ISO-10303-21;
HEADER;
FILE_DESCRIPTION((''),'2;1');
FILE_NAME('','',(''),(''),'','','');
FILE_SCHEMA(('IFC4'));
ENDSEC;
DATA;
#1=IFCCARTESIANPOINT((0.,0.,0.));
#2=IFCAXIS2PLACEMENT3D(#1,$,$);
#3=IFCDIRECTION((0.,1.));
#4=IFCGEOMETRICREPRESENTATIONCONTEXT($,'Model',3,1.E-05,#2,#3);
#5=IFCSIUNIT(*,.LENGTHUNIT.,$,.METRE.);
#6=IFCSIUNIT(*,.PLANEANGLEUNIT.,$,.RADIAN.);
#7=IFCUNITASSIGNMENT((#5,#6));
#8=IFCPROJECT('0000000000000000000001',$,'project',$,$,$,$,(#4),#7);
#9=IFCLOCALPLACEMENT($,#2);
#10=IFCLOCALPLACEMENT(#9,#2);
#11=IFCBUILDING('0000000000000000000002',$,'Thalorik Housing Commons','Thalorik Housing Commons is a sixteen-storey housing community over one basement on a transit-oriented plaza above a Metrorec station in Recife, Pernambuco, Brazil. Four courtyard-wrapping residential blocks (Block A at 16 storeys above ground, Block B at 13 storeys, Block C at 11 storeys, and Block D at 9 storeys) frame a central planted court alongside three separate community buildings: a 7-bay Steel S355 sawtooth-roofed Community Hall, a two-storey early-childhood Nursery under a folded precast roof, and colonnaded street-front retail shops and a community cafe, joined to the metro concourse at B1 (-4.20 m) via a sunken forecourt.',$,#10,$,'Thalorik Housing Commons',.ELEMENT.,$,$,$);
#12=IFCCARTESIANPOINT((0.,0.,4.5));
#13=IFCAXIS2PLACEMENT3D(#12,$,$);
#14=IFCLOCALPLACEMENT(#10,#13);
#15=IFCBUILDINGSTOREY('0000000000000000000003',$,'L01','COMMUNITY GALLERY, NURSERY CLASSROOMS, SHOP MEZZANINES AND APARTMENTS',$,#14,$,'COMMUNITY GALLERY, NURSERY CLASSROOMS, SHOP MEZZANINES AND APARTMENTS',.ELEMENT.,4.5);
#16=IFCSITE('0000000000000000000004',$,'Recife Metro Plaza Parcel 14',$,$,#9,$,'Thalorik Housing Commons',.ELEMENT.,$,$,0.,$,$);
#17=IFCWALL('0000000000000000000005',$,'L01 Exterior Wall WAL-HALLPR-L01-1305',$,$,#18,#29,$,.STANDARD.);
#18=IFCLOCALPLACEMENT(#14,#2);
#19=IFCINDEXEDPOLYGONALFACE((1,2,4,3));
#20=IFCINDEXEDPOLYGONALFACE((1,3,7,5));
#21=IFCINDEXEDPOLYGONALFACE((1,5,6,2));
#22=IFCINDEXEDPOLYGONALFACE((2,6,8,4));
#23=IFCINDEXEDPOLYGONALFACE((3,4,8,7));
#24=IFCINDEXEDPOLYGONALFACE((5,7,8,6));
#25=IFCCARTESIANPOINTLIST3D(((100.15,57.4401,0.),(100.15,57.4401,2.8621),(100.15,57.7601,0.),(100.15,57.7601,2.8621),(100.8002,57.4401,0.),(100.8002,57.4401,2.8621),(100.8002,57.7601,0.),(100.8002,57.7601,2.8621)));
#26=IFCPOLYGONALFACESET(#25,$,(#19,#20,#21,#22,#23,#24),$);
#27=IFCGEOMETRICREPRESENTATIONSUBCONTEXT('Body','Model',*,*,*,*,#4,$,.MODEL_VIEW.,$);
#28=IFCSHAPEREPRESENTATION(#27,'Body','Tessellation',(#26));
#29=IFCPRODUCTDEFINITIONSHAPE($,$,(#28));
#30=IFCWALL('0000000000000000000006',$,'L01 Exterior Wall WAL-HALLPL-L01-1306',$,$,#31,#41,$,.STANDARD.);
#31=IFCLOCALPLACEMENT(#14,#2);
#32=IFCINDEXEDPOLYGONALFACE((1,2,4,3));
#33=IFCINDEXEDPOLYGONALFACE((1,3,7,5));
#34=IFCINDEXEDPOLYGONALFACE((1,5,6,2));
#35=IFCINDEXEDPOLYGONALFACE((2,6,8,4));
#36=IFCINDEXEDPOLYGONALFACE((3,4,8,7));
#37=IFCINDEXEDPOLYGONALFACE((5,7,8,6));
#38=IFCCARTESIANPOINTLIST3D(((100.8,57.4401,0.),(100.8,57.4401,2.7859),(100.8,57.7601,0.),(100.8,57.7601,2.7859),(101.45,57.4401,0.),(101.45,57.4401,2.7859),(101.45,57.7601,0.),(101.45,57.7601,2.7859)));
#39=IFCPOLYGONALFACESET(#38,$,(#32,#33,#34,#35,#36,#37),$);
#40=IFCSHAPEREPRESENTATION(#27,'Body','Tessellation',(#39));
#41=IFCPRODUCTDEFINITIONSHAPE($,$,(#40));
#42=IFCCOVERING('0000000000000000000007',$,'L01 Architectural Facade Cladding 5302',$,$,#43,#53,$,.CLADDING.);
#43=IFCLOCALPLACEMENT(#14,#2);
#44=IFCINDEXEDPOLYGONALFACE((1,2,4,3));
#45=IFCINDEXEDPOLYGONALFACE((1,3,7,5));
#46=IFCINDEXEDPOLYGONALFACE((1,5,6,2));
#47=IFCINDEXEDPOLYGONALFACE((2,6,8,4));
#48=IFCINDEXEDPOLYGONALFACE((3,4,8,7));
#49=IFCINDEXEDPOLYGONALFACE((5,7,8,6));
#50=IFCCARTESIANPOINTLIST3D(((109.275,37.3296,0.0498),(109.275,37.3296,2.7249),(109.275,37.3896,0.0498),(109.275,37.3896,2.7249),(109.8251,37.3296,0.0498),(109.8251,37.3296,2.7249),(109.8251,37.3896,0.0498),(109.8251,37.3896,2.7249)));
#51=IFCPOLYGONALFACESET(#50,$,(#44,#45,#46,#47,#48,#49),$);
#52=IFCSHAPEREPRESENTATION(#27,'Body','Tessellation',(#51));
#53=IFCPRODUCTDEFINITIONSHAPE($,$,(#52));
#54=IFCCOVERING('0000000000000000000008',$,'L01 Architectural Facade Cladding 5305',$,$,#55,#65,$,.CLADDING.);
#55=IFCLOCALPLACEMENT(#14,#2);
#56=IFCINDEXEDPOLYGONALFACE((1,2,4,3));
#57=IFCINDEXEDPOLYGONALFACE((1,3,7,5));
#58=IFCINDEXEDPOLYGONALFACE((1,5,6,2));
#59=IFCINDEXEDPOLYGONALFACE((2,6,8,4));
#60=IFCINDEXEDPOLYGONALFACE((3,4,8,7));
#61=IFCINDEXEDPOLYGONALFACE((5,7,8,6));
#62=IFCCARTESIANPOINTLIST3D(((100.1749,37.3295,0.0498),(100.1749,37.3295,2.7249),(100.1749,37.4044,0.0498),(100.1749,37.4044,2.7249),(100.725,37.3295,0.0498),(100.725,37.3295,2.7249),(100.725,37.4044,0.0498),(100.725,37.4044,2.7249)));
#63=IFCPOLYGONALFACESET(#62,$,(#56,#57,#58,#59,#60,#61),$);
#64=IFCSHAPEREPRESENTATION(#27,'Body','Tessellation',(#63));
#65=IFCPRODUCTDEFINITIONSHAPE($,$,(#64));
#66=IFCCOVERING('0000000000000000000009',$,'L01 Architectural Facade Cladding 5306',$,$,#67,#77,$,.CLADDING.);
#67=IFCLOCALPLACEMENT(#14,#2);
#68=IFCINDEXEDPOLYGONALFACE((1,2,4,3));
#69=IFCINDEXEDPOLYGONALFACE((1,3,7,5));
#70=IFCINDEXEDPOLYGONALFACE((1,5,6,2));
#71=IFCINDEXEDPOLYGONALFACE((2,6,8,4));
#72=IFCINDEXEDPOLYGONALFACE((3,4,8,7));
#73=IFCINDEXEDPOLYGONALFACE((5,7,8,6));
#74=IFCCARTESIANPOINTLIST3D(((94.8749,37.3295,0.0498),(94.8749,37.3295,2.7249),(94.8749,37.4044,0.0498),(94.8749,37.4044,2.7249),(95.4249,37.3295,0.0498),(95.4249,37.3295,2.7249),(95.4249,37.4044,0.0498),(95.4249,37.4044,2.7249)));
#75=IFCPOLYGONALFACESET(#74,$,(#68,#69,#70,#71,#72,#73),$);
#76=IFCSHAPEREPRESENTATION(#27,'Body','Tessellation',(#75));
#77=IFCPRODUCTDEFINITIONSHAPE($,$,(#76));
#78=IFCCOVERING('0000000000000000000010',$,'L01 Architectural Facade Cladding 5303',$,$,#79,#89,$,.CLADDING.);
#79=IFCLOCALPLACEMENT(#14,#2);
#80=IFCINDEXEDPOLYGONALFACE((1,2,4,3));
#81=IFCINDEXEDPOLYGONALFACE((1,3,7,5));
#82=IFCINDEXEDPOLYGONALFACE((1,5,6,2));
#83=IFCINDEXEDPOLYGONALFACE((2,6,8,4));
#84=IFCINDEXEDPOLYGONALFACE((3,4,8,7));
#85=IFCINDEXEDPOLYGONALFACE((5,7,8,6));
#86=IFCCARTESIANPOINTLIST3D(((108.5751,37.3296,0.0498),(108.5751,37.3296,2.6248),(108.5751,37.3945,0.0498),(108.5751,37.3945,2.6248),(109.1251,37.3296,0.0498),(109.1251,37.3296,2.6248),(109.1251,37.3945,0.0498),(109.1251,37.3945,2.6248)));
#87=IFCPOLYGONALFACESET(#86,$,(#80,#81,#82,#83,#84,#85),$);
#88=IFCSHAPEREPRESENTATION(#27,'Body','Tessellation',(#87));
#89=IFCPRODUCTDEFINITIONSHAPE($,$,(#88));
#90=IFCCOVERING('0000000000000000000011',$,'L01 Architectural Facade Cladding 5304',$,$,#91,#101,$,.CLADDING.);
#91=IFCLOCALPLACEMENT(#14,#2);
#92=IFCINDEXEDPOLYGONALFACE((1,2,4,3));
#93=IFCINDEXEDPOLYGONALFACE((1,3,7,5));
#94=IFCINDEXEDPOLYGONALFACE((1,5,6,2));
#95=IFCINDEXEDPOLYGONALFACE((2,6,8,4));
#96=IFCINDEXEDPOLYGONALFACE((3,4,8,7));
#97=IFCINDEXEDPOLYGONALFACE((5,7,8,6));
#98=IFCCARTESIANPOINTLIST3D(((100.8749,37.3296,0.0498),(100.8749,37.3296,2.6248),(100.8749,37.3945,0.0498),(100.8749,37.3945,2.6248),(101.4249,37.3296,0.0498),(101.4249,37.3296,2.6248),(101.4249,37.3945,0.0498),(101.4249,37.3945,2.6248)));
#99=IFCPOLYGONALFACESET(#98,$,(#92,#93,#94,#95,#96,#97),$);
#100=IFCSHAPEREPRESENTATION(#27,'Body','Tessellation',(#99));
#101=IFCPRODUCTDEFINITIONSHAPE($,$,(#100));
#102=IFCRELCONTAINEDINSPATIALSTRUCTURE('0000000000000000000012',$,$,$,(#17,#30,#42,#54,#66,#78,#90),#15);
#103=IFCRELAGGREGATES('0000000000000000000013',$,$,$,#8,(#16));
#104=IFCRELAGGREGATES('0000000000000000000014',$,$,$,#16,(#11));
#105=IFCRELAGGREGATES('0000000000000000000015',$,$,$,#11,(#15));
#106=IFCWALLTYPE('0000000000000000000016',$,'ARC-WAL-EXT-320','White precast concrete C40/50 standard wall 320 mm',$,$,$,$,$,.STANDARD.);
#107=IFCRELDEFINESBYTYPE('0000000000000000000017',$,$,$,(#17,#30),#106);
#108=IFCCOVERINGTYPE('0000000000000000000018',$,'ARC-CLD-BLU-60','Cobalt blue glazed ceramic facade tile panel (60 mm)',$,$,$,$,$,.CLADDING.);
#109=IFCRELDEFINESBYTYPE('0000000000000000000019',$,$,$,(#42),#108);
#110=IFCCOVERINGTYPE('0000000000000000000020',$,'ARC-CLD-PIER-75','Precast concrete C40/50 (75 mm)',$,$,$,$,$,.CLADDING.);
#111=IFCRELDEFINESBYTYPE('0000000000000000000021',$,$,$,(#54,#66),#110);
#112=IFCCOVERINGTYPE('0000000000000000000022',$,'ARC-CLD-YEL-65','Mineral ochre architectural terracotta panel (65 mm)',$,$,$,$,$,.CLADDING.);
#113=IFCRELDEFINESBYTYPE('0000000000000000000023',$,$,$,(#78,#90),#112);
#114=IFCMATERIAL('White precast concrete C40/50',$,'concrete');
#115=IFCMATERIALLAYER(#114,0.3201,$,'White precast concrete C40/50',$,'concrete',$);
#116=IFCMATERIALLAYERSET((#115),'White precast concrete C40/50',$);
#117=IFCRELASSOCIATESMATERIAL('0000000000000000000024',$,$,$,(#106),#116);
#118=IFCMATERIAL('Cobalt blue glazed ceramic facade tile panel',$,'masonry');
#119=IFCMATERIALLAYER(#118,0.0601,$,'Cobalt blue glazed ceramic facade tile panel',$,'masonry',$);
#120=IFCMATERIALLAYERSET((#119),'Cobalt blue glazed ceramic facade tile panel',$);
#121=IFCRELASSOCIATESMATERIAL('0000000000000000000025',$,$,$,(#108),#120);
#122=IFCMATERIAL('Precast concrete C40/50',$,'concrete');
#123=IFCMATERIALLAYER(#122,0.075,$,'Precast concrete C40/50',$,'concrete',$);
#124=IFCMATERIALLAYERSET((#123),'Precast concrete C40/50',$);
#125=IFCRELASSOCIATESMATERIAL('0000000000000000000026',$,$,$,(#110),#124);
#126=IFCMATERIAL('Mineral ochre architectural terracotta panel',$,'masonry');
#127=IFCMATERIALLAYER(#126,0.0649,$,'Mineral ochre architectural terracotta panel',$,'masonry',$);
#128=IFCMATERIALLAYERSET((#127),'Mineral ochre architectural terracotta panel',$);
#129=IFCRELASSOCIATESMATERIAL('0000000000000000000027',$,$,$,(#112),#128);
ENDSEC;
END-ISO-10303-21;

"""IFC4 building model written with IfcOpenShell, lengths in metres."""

from ifc_helpers import new_model, si_unit, direction, frame, frame_2d, origin, origin_2d, place, context, subcontext, project, spatial, rectangle, extrude, material, layer, layer_set, type_object, element, save


model = new_model("IFC4")

# Units and contexts
model_context = context("Model", 3, precision=1e-05, world=origin(), true_north=direction((0.0, 1.0)))
body_context = subcontext(model_context, "Body", "Model", "MODEL_VIEW")
ifc_project = project(units=[si_unit("LENGTHUNIT", "METRE"), si_unit("PLANEANGLEUNIT", "RADIAN")], contexts=[model_context])

# Site, building, storey
site_placement = place(None, origin())
site = spatial("IfcSite", under=ifc_project, at=site_placement, Name="Recife Metro Plaza Parcel 14", LongName="Thalorik Housing Commons", CompositionType="ELEMENT", RefElevation=0.0)
building_placement = place(site_placement, origin())
building = spatial("IfcBuilding", under=site, at=building_placement, Name="Thalorik Housing Commons", Description="Thalorik Housing Commons is a sixteen-storey housing community over one basement on a transit-oriented plaza above a Metrorec station in Recife, Pernambuco, Brazil. Four courtyard-wrapping residential blocks (Block A at 16 storeys above ground, Block B at 13 storeys, Block C at 11 storeys, and Block D at 9 storeys) frame a central planted court alongside three separate community buildings: a 7-bay Steel S355 sawtooth-roofed Community Hall, a two-storey early-childhood Nursery under a folded precast roof, and colonnaded street-front retail shops and a community cafe, joined to the metro concourse at B1 (-4.20 m) via a sunken forecourt.", LongName="Thalorik Housing Commons", CompositionType="ELEMENT")
storey_placement = place(building_placement, frame((0.0, 0.0, 4.5)))
storey = spatial("IfcBuildingStorey", under=building, at=storey_placement, Name="L01", Description="COMMUNITY GALLERY, NURSERY CLASSROOMS, SHOP MEZZANINES AND APARTMENTS", LongName="COMMUNITY GALLERY, NURSERY CLASSROOMS, SHOP MEZZANINES AND APARTMENTS", CompositionType="ELEMENT", Elevation=4.5)

# Shared definitions
ifc_material_1 = material(Name="Precast concrete C40/50", Category="concrete")

# Shared definitions
ifc_material_2 = material(Name="White precast concrete C40/50", Category="concrete")

# Walls
ifc_layer_1 = layer(ifc_material_2, 0.3201, Name="White precast concrete C40/50", Category="concrete")
ifc_layer_set_1 = layer_set([ifc_layer_1], Name="White precast concrete C40/50")
wall_type_1 = type_object("IfcWallType", Name="ARC-WAL-EXT-320", Description="White precast concrete C40/50 standard wall 320 mm", PredefinedType="STANDARD", material=ifc_layer_set_1)
wall_1_placement = place(storey_placement, frame((100.1499, 57.6001, 0.0), z_axis=(0.0, 0.0, 1.0), x_axis=(1.0, 0.0, 0.0)))
element("IfcWall", 1, at=wall_1_placement, inside=storey, type_object=wall_type_1, Name="L01 Exterior Wall WAL-HALLPR-L01-1305", PredefinedType="STANDARD", context=body_context, shape_type="SweptSolid", body=[
    extrude(rectangle(XDim=0.6501, YDim=0.3201, at=frame_2d((0.3252, 0.0))), origin(), (0.0, 0.0, 1.0), 2.8621),
])
wall_2_placement = place(storey_placement, frame((100.8, 57.6001, 0.0), z_axis=(0.0, 0.0, 1.0), x_axis=(1.0, 0.0, 0.0)))
element("IfcWall", 2, at=wall_2_placement, inside=storey, type_object=wall_type_1, Name="L01 Exterior Wall WAL-HALLPL-L01-1306", PredefinedType="STANDARD", context=body_context, shape_type="SweptSolid", body=[
    extrude(rectangle(XDim=0.6499, YDim=0.3201, at=frame_2d((0.325, 0.0))), origin(), (0.0, 0.0, 1.0), 2.7859),
])

# Coverings
ifc_material_3 = material(Name="Cobalt blue glazed ceramic facade tile panel", Category="masonry")
ifc_layer_2 = layer(ifc_material_3, 0.0601, Name="Cobalt blue glazed ceramic facade tile panel", Category="masonry")
ifc_layer_set_2 = layer_set([ifc_layer_2], Name="Cobalt blue glazed ceramic facade tile panel")
covering_type_1 = type_object("IfcCoveringType", Name="ARC-CLD-BLU-60", Description="Cobalt blue glazed ceramic facade tile panel (60 mm)", PredefinedType="CLADDING", material=ifc_layer_set_2)
covering_placement = place(storey_placement, frame((109.55, 37.3596, 0.0498), z_axis=(0.0, 0.0, 1.0), x_axis=(-1.0, 0.0, 0.0)))
element("IfcCovering", 3, at=covering_placement, inside=storey, type_object=covering_type_1, Name="L01 Architectural Facade Cladding 5302", PredefinedType="CLADDING", context=body_context, shape_type="SweptSolid", body=[
    extrude(rectangle(XDim=0.55, YDim=0.0601, at=origin_2d()), origin(), (0.0, 0.0, 1.0), 2.675),
])
ifc_layer_3 = layer(ifc_material_1, 0.075, Name="Precast concrete C40/50", Category="concrete")
ifc_layer_set_3 = layer_set([ifc_layer_3], Name="Precast concrete C40/50")
covering_type_2 = type_object("IfcCoveringType", Name="ARC-CLD-PIER-75", Description="Precast concrete C40/50 (75 mm)", PredefinedType="CLADDING", material=ifc_layer_set_3)
for number, where, z_axis, x_axis, name in (
    (4, (100.45, 37.3669, 0.0498), (0.0, 0.0, 1.0), (-1.0, 0.0, 0.0), "L01 Architectural Facade Cladding 5305"),
    (5, (95.1499, 37.3669, 0.0498), (0.0, 0.0, 1.0), (-1.0, 0.0, 0.0), "L01 Architectural Facade Cladding 5306"),
):
    element("IfcCovering", number, at=place(storey_placement, frame(where, z_axis=z_axis, x_axis=x_axis)), inside=storey, type_object=covering_type_2, Name=name, PredefinedType="CLADDING", context=body_context, shape_type="SweptSolid", body=[
        extrude(rectangle(XDim=0.55, YDim=0.075, at=origin_2d()), origin(), (0.0, 0.0, 1.0), 2.675),
    ])
ifc_material_4 = material(Name="Mineral ochre architectural terracotta panel", Category="masonry")
ifc_layer_4 = layer(ifc_material_4, 0.0649, Name="Mineral ochre architectural terracotta panel", Category="masonry")
ifc_layer_set_4 = layer_set([ifc_layer_4], Name="Mineral ochre architectural terracotta panel")
covering_type_3 = type_object("IfcCoveringType", Name="ARC-CLD-YEL-65", Description="Mineral ochre architectural terracotta panel (65 mm)", PredefinedType="CLADDING", material=ifc_layer_set_4)
for number, where, z_axis, x_axis, name in (
    (6, (108.8501, 37.3621, 0.0498), (0.0, 0.0, 1.0), (-1.0, 0.0, 0.0), "L01 Architectural Facade Cladding 5303"),
    (7, (101.1499, 37.3621, 0.0498), (0.0, 0.0, 1.0), (-1.0, 0.0, 0.0), "L01 Architectural Facade Cladding 5304"),
):
    element("IfcCovering", number, at=place(storey_placement, frame(where, z_axis=z_axis, x_axis=x_axis)), inside=storey, type_object=covering_type_3, Name=name, PredefinedType="CLADDING", context=body_context, shape_type="SweptSolid", body=[
        extrude(rectangle(XDim=0.55, YDim=0.0649, at=origin_2d()), origin(), (0.0, 0.0, 1.0), 2.575),
    ])

save(model, "model.ifc")
